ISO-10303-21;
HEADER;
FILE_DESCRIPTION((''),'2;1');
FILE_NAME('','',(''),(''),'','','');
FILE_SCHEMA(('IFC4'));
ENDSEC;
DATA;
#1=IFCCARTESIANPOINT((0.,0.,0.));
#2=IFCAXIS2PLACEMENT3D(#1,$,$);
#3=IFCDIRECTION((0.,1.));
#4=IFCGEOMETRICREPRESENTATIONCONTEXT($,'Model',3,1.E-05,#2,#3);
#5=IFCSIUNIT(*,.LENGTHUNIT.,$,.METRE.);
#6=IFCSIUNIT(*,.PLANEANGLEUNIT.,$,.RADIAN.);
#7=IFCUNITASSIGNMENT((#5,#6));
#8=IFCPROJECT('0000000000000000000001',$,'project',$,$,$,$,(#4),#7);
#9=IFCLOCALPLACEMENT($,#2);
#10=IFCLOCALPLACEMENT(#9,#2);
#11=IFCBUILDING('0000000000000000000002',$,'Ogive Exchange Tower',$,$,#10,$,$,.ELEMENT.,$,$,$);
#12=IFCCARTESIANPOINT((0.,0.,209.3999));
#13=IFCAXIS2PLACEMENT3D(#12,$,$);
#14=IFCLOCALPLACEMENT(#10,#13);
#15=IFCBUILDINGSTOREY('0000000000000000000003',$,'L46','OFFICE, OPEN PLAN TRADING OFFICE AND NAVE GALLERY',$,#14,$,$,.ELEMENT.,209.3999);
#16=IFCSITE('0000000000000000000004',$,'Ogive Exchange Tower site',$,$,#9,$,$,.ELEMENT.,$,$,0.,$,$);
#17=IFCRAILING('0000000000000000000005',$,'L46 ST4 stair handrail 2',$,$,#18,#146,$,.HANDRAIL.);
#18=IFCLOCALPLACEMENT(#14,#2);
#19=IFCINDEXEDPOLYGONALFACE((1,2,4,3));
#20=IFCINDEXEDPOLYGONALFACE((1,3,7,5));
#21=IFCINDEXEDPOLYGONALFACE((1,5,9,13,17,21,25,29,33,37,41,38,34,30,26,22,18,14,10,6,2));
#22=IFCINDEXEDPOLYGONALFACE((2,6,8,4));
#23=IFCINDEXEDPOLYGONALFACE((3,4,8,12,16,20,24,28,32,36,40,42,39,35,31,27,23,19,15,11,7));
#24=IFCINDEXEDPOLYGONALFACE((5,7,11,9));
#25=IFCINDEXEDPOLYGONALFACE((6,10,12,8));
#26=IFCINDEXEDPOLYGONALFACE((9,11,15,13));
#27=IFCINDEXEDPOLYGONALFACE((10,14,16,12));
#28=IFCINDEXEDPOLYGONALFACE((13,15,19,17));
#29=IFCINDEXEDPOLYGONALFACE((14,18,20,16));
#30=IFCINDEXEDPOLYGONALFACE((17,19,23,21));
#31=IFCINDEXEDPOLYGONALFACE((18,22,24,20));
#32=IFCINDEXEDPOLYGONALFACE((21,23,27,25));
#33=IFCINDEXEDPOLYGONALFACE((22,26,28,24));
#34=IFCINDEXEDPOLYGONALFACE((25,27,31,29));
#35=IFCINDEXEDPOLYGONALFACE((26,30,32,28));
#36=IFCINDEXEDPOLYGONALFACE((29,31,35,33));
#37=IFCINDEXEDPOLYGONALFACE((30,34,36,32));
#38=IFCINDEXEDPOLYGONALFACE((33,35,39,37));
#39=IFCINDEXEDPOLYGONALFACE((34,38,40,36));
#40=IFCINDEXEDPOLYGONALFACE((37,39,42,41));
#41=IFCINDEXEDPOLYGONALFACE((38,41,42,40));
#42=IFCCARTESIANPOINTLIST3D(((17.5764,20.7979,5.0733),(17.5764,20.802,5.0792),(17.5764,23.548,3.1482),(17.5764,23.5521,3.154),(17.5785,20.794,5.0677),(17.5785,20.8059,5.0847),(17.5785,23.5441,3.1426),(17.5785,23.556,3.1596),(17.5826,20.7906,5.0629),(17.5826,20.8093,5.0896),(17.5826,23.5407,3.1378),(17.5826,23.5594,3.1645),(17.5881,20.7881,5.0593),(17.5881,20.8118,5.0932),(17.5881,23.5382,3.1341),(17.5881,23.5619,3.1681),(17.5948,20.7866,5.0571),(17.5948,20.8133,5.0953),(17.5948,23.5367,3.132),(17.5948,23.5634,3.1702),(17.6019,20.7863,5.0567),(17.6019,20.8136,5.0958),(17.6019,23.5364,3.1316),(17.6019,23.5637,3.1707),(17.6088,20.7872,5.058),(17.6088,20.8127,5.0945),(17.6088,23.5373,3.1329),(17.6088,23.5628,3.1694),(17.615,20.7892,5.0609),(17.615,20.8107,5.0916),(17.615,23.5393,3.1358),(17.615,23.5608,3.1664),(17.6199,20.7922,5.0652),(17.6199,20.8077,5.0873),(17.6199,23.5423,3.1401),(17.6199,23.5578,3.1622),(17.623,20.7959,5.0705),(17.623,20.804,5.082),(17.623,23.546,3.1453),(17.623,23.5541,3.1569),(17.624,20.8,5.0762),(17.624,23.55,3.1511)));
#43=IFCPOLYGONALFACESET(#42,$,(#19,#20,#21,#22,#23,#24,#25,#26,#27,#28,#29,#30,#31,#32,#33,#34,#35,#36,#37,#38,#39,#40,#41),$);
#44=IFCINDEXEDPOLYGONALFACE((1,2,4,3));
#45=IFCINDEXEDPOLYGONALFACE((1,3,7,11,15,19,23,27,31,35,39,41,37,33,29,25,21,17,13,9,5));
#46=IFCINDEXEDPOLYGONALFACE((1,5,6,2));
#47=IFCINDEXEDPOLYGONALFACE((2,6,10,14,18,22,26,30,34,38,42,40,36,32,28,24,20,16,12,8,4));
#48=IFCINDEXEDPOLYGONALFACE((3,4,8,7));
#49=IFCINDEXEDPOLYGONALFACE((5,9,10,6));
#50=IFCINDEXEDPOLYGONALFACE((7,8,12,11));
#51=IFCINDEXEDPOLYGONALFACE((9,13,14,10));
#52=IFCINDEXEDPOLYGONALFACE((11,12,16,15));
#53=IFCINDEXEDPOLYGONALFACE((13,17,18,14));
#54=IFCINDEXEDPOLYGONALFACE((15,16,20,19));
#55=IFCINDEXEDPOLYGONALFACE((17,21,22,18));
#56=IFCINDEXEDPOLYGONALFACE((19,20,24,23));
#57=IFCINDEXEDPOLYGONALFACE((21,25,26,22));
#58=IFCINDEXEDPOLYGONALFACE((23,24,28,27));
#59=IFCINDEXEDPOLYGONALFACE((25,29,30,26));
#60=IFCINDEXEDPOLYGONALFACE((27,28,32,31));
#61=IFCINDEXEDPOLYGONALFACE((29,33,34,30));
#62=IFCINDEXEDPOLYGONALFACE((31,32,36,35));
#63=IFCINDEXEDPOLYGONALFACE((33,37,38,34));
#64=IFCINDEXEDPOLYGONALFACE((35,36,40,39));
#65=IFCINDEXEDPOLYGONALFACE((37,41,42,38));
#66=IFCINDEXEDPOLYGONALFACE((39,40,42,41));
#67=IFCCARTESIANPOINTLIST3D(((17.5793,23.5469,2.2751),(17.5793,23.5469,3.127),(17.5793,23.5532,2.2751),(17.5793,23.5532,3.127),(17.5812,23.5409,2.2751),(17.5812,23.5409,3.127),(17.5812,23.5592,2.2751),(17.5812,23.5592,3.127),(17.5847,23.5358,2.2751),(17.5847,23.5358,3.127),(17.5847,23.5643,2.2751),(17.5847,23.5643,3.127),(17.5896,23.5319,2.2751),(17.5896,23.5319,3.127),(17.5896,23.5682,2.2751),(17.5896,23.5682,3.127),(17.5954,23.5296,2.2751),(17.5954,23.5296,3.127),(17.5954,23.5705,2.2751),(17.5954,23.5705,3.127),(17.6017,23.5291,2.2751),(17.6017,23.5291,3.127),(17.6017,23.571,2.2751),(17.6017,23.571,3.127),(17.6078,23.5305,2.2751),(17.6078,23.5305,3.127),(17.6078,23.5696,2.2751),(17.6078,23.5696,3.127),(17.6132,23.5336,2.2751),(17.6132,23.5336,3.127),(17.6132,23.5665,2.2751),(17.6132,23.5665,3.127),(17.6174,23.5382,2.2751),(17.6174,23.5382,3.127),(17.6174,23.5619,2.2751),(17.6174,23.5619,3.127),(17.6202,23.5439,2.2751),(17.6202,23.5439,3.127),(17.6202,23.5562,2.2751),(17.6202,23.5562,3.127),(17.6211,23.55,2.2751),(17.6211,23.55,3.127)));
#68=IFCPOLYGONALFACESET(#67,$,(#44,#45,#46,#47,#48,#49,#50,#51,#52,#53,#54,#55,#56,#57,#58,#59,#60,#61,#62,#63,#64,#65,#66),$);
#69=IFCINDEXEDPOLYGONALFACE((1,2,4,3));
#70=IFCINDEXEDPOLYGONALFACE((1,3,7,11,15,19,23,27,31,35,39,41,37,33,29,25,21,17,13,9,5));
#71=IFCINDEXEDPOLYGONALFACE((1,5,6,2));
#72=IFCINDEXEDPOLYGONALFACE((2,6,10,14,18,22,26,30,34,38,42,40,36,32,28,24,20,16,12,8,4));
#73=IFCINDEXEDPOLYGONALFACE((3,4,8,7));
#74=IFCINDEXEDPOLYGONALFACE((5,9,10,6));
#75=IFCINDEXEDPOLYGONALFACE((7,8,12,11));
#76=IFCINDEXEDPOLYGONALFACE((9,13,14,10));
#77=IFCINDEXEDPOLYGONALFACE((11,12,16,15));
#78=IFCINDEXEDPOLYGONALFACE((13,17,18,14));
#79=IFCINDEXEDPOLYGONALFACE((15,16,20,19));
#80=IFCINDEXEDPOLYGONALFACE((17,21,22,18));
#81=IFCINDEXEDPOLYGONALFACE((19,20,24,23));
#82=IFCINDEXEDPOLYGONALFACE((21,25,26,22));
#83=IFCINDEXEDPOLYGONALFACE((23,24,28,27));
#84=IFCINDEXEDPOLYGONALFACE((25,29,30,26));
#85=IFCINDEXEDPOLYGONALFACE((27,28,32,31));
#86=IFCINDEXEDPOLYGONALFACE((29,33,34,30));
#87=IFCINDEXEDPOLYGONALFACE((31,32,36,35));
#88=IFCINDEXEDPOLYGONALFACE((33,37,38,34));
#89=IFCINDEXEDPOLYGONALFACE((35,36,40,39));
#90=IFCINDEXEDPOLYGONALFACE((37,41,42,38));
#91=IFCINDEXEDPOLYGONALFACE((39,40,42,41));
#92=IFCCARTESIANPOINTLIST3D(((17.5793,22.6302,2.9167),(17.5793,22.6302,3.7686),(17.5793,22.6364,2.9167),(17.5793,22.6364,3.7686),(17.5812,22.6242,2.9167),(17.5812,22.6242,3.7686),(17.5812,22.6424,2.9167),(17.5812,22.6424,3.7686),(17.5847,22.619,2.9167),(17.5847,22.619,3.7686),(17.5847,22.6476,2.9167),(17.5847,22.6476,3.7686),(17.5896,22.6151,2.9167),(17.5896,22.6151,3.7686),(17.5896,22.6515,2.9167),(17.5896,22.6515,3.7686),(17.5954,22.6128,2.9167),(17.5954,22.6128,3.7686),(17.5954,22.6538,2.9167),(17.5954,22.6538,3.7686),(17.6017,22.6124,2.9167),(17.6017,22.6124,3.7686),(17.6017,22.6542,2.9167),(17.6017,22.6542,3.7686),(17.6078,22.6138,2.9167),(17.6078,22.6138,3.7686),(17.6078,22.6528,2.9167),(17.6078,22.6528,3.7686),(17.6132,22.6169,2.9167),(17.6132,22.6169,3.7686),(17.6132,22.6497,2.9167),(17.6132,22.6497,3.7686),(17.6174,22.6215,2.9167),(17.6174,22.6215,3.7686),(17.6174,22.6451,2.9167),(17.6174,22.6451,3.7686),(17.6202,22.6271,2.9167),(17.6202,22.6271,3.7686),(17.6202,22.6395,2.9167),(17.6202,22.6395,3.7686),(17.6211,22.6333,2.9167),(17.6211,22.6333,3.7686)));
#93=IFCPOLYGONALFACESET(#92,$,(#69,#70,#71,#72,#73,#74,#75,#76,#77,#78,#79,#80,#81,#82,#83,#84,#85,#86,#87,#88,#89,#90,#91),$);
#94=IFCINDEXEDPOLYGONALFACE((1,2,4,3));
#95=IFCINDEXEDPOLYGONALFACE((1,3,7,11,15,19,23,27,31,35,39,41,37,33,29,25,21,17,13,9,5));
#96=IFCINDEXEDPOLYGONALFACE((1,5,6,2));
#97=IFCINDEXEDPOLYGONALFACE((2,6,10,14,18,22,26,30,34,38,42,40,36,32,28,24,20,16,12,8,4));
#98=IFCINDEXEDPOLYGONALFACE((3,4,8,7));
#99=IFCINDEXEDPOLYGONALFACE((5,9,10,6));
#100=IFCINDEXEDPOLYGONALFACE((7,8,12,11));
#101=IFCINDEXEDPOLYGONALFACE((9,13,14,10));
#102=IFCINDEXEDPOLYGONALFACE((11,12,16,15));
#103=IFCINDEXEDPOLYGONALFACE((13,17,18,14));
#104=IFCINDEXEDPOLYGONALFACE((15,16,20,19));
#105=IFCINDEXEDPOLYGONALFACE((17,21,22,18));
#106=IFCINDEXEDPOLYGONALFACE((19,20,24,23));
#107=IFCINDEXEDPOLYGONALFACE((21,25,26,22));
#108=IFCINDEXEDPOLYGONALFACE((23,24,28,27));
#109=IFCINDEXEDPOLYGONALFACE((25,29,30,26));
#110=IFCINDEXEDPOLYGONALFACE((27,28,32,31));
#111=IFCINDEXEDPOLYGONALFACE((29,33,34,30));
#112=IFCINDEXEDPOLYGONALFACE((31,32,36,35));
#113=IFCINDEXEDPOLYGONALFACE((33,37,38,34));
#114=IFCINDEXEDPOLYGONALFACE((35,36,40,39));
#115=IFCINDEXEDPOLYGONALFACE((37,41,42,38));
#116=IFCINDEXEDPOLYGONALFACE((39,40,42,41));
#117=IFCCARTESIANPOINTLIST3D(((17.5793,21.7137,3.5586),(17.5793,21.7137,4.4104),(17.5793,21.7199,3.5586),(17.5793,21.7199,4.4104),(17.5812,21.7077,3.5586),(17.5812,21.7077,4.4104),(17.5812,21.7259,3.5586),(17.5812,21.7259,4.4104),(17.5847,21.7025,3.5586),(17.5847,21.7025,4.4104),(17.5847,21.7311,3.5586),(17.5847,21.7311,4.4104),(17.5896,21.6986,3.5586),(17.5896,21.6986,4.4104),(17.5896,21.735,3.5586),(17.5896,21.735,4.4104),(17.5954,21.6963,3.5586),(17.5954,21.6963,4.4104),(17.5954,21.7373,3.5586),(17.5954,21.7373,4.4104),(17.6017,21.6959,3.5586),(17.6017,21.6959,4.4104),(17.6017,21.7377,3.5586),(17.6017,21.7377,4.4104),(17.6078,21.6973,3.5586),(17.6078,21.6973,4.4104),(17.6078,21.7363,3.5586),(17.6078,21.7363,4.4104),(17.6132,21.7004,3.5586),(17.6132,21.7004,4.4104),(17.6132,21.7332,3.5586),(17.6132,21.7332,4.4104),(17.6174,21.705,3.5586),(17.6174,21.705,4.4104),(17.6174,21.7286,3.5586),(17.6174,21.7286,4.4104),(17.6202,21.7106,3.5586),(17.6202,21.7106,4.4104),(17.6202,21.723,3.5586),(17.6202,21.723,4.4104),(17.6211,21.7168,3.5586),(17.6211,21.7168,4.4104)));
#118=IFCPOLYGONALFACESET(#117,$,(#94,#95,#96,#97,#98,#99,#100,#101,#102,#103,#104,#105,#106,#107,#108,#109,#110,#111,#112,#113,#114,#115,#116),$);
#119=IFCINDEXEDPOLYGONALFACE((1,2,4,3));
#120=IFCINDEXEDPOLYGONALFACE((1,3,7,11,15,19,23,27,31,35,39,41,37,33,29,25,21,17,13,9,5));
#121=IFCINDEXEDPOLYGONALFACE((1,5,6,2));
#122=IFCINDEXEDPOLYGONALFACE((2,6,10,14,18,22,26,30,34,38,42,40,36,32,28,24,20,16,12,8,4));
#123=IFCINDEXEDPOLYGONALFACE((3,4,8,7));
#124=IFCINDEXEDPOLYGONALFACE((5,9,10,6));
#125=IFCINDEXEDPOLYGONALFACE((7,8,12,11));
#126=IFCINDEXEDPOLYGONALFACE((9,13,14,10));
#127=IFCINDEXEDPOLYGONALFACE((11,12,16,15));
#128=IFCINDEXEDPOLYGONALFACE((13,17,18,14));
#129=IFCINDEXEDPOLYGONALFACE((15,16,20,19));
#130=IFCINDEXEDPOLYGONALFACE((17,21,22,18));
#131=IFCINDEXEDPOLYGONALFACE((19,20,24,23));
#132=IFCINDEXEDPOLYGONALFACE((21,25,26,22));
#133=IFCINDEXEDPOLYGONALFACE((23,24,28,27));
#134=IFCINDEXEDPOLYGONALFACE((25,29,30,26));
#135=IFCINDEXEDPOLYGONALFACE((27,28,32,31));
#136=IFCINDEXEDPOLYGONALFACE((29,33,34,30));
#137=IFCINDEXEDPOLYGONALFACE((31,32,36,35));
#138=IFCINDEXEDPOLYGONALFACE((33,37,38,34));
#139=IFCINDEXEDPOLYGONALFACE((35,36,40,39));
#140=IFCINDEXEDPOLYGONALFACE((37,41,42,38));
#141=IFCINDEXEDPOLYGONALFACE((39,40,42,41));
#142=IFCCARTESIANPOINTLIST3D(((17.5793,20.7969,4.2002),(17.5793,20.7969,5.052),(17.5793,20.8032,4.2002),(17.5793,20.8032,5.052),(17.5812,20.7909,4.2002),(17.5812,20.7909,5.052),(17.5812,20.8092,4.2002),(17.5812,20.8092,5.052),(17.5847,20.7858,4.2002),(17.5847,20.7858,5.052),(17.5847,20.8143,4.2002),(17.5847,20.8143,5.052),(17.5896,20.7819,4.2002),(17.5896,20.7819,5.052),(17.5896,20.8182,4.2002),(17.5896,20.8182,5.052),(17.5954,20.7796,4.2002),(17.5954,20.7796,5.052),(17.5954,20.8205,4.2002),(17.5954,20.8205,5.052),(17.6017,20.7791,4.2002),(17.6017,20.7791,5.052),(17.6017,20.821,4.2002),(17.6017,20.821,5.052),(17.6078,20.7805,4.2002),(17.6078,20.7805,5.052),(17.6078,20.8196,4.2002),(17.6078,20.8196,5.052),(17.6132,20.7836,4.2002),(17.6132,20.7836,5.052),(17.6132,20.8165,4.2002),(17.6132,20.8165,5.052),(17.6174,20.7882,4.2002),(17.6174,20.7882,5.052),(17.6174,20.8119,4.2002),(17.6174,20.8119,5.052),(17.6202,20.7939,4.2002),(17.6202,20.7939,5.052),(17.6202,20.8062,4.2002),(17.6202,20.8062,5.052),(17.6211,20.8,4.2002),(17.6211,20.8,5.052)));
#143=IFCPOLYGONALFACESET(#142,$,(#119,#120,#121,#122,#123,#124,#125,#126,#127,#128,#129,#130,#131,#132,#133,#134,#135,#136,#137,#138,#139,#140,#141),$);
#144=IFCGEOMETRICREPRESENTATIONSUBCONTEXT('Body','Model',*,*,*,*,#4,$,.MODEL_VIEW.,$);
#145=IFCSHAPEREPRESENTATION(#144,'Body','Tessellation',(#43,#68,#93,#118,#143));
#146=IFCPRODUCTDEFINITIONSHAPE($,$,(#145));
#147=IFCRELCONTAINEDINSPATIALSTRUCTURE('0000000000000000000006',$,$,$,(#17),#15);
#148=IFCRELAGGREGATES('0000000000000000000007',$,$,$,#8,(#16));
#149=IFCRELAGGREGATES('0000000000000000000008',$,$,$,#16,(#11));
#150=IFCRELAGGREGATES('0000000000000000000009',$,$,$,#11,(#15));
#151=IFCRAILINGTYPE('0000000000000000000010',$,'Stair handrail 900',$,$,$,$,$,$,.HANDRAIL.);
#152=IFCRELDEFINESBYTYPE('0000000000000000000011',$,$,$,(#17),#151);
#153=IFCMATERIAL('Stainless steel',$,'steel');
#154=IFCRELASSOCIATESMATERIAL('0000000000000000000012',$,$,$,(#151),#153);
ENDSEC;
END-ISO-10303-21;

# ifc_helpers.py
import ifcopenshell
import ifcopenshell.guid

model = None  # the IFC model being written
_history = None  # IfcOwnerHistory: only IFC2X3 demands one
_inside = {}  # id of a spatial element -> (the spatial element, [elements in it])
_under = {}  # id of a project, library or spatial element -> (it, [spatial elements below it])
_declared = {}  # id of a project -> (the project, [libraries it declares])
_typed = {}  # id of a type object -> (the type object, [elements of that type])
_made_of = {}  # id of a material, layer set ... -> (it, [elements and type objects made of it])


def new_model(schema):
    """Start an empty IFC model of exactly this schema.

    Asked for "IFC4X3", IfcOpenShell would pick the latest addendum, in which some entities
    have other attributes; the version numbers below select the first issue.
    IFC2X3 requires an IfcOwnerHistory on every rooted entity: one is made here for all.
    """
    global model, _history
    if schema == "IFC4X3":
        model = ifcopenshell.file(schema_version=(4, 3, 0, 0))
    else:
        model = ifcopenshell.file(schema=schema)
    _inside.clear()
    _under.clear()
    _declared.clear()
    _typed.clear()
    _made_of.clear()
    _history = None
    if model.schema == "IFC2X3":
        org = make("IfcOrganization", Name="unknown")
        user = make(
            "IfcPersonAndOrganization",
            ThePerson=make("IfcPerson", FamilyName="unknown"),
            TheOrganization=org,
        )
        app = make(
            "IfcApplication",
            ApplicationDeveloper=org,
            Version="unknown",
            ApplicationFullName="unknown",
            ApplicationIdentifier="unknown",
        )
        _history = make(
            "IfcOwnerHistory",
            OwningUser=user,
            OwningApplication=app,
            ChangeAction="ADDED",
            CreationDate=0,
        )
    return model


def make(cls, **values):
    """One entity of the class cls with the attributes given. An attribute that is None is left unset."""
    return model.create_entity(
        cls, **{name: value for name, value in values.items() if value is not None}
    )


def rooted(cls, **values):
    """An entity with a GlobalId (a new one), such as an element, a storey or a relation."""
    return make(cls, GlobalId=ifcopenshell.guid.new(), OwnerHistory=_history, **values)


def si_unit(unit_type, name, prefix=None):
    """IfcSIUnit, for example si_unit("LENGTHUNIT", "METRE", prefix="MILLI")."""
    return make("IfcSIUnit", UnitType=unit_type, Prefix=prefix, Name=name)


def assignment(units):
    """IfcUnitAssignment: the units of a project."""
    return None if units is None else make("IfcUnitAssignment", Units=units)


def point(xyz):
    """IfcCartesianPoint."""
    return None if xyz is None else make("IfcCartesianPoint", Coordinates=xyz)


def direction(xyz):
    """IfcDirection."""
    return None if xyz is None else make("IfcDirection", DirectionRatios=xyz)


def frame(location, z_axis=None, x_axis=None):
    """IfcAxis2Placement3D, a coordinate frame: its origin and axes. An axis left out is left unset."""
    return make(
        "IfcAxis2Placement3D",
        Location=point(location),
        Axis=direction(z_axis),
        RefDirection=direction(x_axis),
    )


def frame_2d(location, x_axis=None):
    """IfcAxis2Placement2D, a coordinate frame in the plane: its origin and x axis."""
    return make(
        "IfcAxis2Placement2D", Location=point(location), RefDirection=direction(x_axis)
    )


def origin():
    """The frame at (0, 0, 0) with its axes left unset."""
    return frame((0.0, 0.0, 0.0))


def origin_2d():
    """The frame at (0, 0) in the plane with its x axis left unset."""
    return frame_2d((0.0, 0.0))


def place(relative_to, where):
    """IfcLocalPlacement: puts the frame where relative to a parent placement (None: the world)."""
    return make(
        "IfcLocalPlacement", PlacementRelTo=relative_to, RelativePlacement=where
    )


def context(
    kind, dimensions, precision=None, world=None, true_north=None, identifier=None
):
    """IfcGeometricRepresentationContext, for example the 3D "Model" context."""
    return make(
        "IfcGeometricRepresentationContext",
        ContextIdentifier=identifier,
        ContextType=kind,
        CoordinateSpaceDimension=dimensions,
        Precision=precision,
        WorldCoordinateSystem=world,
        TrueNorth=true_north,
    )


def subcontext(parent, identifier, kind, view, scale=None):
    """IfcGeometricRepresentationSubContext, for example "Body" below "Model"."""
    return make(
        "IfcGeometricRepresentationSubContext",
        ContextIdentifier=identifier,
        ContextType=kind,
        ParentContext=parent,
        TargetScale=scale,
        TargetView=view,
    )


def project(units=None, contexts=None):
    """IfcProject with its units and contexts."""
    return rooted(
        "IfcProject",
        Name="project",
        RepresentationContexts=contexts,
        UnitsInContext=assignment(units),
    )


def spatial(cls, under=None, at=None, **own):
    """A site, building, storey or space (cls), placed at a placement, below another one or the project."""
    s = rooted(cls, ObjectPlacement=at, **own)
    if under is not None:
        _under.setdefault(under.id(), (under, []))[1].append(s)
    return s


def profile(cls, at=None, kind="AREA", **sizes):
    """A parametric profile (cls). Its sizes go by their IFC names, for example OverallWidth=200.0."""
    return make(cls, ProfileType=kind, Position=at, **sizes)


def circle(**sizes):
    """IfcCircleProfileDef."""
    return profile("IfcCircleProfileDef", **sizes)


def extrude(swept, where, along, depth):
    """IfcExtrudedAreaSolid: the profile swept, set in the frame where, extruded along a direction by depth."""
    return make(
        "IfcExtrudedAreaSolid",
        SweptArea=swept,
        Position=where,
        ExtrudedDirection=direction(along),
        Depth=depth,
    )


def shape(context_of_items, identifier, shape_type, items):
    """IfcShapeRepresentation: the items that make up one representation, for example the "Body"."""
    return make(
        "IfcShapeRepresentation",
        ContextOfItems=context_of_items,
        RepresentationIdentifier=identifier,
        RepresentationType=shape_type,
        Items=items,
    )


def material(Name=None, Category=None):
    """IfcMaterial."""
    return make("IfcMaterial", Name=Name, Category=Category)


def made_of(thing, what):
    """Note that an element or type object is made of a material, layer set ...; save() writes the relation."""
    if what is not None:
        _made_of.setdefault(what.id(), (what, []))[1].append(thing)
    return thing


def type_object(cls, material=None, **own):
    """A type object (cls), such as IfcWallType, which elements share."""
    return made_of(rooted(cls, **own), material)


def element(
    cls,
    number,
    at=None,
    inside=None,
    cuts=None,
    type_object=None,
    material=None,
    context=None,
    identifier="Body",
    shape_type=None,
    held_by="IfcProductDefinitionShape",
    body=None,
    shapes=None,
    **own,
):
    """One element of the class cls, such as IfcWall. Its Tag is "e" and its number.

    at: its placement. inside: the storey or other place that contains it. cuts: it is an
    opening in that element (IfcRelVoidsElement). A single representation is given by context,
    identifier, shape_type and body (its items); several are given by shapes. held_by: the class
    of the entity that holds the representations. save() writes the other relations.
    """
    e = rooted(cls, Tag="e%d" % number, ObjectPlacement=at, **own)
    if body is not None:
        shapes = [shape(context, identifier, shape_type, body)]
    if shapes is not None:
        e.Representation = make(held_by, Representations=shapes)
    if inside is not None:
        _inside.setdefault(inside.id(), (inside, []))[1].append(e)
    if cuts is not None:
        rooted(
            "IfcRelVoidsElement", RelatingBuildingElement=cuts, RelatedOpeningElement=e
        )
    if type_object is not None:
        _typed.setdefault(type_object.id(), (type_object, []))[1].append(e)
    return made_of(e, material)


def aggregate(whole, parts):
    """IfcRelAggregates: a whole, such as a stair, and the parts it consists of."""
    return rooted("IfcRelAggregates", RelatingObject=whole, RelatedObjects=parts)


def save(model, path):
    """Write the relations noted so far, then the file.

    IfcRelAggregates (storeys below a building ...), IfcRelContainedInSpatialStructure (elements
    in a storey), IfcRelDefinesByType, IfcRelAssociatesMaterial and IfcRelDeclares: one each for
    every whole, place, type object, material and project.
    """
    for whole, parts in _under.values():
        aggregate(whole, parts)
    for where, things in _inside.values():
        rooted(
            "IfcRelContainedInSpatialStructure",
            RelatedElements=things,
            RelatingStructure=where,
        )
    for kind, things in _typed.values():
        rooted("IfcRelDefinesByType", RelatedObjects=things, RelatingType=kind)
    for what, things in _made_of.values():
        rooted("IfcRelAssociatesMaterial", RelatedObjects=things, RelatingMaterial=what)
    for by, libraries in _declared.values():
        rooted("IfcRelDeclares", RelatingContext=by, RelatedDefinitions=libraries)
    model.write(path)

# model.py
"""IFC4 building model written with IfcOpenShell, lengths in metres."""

from ifc_helpers import new_model, si_unit, direction, frame, origin, origin_2d, place, context, subcontext, project, spatial, circle, extrude, material, type_object, element, save


model = new_model("IFC4")

# Units and contexts
model_context = context("Model", 3, precision=1e-05, world=origin(), true_north=direction((0.0, 1.0)))
body_context = subcontext(model_context, "Body", "Model", "MODEL_VIEW")
ifc_project = project(units=[si_unit("LENGTHUNIT", "METRE"), si_unit("PLANEANGLEUNIT", "RADIAN")], contexts=[model_context])

# Site, building, storey
site_placement = place(None, origin())
site = spatial("IfcSite", under=ifc_project, at=site_placement, Name="Ogive Exchange Tower site", CompositionType="ELEMENT", RefElevation=0.0)
building_placement = place(site_placement, origin())
building = spatial("IfcBuilding", under=site, at=building_placement, Name="Ogive Exchange Tower", CompositionType="ELEMENT")
storey_placement = place(building_placement, frame((0.0, 0.0, 209.3999)))
storey = spatial("IfcBuildingStorey", under=building, at=storey_placement, Name="L46", Description="OFFICE, OPEN PLAN TRADING OFFICE AND NAVE GALLERY", CompositionType="ELEMENT", Elevation=209.3999)

# Railing
ifc_material_1 = material(Name="Stainless steel", Category="steel")
railing_type = type_object("IfcRailingType", Name="Stair handrail 900", PredefinedType="HANDRAIL", material=ifc_material_1)
railing_1_placement = place(storey_placement, frame((17.6001, 23.55, 2.2751)))
element("IfcRailing", 1, at=railing_1_placement, inside=storey, type_object=railing_type, Name="L46 ST4 stair handrail 2", PredefinedType="HANDRAIL", context=body_context, shape_type="SweptSolid", body=[
    extrude(circle(Radius=0.0239, at=origin_2d()), frame((0.0, 0.0, 0.876), z_axis=(0.0, -0.819225, 0.573472), x_axis=(1.0, 0.0, 0.0)), (0.0, 0.0, 1.0), 3.3569),
    extrude(circle(Radius=0.021, at=origin_2d()), origin(), (0.0, 0.0, 1.0), 0.8518),
    extrude(circle(Radius=0.021, at=origin_2d()), frame((0.0, -0.9167, 0.6416)), (0.0, 0.0, 1.0), 0.8518),
    extrude(circle(Radius=0.021, at=origin_2d()), frame((0.0, -1.8333, 1.2834)), (0.0, 0.0, 1.0), 0.8518),
    extrude(circle(Radius=0.021, at=origin_2d()), frame((0.0, -2.75, 1.925)), (0.0, 0.0, 1.0), 0.8518),
])

save(model, "model.ifc")
